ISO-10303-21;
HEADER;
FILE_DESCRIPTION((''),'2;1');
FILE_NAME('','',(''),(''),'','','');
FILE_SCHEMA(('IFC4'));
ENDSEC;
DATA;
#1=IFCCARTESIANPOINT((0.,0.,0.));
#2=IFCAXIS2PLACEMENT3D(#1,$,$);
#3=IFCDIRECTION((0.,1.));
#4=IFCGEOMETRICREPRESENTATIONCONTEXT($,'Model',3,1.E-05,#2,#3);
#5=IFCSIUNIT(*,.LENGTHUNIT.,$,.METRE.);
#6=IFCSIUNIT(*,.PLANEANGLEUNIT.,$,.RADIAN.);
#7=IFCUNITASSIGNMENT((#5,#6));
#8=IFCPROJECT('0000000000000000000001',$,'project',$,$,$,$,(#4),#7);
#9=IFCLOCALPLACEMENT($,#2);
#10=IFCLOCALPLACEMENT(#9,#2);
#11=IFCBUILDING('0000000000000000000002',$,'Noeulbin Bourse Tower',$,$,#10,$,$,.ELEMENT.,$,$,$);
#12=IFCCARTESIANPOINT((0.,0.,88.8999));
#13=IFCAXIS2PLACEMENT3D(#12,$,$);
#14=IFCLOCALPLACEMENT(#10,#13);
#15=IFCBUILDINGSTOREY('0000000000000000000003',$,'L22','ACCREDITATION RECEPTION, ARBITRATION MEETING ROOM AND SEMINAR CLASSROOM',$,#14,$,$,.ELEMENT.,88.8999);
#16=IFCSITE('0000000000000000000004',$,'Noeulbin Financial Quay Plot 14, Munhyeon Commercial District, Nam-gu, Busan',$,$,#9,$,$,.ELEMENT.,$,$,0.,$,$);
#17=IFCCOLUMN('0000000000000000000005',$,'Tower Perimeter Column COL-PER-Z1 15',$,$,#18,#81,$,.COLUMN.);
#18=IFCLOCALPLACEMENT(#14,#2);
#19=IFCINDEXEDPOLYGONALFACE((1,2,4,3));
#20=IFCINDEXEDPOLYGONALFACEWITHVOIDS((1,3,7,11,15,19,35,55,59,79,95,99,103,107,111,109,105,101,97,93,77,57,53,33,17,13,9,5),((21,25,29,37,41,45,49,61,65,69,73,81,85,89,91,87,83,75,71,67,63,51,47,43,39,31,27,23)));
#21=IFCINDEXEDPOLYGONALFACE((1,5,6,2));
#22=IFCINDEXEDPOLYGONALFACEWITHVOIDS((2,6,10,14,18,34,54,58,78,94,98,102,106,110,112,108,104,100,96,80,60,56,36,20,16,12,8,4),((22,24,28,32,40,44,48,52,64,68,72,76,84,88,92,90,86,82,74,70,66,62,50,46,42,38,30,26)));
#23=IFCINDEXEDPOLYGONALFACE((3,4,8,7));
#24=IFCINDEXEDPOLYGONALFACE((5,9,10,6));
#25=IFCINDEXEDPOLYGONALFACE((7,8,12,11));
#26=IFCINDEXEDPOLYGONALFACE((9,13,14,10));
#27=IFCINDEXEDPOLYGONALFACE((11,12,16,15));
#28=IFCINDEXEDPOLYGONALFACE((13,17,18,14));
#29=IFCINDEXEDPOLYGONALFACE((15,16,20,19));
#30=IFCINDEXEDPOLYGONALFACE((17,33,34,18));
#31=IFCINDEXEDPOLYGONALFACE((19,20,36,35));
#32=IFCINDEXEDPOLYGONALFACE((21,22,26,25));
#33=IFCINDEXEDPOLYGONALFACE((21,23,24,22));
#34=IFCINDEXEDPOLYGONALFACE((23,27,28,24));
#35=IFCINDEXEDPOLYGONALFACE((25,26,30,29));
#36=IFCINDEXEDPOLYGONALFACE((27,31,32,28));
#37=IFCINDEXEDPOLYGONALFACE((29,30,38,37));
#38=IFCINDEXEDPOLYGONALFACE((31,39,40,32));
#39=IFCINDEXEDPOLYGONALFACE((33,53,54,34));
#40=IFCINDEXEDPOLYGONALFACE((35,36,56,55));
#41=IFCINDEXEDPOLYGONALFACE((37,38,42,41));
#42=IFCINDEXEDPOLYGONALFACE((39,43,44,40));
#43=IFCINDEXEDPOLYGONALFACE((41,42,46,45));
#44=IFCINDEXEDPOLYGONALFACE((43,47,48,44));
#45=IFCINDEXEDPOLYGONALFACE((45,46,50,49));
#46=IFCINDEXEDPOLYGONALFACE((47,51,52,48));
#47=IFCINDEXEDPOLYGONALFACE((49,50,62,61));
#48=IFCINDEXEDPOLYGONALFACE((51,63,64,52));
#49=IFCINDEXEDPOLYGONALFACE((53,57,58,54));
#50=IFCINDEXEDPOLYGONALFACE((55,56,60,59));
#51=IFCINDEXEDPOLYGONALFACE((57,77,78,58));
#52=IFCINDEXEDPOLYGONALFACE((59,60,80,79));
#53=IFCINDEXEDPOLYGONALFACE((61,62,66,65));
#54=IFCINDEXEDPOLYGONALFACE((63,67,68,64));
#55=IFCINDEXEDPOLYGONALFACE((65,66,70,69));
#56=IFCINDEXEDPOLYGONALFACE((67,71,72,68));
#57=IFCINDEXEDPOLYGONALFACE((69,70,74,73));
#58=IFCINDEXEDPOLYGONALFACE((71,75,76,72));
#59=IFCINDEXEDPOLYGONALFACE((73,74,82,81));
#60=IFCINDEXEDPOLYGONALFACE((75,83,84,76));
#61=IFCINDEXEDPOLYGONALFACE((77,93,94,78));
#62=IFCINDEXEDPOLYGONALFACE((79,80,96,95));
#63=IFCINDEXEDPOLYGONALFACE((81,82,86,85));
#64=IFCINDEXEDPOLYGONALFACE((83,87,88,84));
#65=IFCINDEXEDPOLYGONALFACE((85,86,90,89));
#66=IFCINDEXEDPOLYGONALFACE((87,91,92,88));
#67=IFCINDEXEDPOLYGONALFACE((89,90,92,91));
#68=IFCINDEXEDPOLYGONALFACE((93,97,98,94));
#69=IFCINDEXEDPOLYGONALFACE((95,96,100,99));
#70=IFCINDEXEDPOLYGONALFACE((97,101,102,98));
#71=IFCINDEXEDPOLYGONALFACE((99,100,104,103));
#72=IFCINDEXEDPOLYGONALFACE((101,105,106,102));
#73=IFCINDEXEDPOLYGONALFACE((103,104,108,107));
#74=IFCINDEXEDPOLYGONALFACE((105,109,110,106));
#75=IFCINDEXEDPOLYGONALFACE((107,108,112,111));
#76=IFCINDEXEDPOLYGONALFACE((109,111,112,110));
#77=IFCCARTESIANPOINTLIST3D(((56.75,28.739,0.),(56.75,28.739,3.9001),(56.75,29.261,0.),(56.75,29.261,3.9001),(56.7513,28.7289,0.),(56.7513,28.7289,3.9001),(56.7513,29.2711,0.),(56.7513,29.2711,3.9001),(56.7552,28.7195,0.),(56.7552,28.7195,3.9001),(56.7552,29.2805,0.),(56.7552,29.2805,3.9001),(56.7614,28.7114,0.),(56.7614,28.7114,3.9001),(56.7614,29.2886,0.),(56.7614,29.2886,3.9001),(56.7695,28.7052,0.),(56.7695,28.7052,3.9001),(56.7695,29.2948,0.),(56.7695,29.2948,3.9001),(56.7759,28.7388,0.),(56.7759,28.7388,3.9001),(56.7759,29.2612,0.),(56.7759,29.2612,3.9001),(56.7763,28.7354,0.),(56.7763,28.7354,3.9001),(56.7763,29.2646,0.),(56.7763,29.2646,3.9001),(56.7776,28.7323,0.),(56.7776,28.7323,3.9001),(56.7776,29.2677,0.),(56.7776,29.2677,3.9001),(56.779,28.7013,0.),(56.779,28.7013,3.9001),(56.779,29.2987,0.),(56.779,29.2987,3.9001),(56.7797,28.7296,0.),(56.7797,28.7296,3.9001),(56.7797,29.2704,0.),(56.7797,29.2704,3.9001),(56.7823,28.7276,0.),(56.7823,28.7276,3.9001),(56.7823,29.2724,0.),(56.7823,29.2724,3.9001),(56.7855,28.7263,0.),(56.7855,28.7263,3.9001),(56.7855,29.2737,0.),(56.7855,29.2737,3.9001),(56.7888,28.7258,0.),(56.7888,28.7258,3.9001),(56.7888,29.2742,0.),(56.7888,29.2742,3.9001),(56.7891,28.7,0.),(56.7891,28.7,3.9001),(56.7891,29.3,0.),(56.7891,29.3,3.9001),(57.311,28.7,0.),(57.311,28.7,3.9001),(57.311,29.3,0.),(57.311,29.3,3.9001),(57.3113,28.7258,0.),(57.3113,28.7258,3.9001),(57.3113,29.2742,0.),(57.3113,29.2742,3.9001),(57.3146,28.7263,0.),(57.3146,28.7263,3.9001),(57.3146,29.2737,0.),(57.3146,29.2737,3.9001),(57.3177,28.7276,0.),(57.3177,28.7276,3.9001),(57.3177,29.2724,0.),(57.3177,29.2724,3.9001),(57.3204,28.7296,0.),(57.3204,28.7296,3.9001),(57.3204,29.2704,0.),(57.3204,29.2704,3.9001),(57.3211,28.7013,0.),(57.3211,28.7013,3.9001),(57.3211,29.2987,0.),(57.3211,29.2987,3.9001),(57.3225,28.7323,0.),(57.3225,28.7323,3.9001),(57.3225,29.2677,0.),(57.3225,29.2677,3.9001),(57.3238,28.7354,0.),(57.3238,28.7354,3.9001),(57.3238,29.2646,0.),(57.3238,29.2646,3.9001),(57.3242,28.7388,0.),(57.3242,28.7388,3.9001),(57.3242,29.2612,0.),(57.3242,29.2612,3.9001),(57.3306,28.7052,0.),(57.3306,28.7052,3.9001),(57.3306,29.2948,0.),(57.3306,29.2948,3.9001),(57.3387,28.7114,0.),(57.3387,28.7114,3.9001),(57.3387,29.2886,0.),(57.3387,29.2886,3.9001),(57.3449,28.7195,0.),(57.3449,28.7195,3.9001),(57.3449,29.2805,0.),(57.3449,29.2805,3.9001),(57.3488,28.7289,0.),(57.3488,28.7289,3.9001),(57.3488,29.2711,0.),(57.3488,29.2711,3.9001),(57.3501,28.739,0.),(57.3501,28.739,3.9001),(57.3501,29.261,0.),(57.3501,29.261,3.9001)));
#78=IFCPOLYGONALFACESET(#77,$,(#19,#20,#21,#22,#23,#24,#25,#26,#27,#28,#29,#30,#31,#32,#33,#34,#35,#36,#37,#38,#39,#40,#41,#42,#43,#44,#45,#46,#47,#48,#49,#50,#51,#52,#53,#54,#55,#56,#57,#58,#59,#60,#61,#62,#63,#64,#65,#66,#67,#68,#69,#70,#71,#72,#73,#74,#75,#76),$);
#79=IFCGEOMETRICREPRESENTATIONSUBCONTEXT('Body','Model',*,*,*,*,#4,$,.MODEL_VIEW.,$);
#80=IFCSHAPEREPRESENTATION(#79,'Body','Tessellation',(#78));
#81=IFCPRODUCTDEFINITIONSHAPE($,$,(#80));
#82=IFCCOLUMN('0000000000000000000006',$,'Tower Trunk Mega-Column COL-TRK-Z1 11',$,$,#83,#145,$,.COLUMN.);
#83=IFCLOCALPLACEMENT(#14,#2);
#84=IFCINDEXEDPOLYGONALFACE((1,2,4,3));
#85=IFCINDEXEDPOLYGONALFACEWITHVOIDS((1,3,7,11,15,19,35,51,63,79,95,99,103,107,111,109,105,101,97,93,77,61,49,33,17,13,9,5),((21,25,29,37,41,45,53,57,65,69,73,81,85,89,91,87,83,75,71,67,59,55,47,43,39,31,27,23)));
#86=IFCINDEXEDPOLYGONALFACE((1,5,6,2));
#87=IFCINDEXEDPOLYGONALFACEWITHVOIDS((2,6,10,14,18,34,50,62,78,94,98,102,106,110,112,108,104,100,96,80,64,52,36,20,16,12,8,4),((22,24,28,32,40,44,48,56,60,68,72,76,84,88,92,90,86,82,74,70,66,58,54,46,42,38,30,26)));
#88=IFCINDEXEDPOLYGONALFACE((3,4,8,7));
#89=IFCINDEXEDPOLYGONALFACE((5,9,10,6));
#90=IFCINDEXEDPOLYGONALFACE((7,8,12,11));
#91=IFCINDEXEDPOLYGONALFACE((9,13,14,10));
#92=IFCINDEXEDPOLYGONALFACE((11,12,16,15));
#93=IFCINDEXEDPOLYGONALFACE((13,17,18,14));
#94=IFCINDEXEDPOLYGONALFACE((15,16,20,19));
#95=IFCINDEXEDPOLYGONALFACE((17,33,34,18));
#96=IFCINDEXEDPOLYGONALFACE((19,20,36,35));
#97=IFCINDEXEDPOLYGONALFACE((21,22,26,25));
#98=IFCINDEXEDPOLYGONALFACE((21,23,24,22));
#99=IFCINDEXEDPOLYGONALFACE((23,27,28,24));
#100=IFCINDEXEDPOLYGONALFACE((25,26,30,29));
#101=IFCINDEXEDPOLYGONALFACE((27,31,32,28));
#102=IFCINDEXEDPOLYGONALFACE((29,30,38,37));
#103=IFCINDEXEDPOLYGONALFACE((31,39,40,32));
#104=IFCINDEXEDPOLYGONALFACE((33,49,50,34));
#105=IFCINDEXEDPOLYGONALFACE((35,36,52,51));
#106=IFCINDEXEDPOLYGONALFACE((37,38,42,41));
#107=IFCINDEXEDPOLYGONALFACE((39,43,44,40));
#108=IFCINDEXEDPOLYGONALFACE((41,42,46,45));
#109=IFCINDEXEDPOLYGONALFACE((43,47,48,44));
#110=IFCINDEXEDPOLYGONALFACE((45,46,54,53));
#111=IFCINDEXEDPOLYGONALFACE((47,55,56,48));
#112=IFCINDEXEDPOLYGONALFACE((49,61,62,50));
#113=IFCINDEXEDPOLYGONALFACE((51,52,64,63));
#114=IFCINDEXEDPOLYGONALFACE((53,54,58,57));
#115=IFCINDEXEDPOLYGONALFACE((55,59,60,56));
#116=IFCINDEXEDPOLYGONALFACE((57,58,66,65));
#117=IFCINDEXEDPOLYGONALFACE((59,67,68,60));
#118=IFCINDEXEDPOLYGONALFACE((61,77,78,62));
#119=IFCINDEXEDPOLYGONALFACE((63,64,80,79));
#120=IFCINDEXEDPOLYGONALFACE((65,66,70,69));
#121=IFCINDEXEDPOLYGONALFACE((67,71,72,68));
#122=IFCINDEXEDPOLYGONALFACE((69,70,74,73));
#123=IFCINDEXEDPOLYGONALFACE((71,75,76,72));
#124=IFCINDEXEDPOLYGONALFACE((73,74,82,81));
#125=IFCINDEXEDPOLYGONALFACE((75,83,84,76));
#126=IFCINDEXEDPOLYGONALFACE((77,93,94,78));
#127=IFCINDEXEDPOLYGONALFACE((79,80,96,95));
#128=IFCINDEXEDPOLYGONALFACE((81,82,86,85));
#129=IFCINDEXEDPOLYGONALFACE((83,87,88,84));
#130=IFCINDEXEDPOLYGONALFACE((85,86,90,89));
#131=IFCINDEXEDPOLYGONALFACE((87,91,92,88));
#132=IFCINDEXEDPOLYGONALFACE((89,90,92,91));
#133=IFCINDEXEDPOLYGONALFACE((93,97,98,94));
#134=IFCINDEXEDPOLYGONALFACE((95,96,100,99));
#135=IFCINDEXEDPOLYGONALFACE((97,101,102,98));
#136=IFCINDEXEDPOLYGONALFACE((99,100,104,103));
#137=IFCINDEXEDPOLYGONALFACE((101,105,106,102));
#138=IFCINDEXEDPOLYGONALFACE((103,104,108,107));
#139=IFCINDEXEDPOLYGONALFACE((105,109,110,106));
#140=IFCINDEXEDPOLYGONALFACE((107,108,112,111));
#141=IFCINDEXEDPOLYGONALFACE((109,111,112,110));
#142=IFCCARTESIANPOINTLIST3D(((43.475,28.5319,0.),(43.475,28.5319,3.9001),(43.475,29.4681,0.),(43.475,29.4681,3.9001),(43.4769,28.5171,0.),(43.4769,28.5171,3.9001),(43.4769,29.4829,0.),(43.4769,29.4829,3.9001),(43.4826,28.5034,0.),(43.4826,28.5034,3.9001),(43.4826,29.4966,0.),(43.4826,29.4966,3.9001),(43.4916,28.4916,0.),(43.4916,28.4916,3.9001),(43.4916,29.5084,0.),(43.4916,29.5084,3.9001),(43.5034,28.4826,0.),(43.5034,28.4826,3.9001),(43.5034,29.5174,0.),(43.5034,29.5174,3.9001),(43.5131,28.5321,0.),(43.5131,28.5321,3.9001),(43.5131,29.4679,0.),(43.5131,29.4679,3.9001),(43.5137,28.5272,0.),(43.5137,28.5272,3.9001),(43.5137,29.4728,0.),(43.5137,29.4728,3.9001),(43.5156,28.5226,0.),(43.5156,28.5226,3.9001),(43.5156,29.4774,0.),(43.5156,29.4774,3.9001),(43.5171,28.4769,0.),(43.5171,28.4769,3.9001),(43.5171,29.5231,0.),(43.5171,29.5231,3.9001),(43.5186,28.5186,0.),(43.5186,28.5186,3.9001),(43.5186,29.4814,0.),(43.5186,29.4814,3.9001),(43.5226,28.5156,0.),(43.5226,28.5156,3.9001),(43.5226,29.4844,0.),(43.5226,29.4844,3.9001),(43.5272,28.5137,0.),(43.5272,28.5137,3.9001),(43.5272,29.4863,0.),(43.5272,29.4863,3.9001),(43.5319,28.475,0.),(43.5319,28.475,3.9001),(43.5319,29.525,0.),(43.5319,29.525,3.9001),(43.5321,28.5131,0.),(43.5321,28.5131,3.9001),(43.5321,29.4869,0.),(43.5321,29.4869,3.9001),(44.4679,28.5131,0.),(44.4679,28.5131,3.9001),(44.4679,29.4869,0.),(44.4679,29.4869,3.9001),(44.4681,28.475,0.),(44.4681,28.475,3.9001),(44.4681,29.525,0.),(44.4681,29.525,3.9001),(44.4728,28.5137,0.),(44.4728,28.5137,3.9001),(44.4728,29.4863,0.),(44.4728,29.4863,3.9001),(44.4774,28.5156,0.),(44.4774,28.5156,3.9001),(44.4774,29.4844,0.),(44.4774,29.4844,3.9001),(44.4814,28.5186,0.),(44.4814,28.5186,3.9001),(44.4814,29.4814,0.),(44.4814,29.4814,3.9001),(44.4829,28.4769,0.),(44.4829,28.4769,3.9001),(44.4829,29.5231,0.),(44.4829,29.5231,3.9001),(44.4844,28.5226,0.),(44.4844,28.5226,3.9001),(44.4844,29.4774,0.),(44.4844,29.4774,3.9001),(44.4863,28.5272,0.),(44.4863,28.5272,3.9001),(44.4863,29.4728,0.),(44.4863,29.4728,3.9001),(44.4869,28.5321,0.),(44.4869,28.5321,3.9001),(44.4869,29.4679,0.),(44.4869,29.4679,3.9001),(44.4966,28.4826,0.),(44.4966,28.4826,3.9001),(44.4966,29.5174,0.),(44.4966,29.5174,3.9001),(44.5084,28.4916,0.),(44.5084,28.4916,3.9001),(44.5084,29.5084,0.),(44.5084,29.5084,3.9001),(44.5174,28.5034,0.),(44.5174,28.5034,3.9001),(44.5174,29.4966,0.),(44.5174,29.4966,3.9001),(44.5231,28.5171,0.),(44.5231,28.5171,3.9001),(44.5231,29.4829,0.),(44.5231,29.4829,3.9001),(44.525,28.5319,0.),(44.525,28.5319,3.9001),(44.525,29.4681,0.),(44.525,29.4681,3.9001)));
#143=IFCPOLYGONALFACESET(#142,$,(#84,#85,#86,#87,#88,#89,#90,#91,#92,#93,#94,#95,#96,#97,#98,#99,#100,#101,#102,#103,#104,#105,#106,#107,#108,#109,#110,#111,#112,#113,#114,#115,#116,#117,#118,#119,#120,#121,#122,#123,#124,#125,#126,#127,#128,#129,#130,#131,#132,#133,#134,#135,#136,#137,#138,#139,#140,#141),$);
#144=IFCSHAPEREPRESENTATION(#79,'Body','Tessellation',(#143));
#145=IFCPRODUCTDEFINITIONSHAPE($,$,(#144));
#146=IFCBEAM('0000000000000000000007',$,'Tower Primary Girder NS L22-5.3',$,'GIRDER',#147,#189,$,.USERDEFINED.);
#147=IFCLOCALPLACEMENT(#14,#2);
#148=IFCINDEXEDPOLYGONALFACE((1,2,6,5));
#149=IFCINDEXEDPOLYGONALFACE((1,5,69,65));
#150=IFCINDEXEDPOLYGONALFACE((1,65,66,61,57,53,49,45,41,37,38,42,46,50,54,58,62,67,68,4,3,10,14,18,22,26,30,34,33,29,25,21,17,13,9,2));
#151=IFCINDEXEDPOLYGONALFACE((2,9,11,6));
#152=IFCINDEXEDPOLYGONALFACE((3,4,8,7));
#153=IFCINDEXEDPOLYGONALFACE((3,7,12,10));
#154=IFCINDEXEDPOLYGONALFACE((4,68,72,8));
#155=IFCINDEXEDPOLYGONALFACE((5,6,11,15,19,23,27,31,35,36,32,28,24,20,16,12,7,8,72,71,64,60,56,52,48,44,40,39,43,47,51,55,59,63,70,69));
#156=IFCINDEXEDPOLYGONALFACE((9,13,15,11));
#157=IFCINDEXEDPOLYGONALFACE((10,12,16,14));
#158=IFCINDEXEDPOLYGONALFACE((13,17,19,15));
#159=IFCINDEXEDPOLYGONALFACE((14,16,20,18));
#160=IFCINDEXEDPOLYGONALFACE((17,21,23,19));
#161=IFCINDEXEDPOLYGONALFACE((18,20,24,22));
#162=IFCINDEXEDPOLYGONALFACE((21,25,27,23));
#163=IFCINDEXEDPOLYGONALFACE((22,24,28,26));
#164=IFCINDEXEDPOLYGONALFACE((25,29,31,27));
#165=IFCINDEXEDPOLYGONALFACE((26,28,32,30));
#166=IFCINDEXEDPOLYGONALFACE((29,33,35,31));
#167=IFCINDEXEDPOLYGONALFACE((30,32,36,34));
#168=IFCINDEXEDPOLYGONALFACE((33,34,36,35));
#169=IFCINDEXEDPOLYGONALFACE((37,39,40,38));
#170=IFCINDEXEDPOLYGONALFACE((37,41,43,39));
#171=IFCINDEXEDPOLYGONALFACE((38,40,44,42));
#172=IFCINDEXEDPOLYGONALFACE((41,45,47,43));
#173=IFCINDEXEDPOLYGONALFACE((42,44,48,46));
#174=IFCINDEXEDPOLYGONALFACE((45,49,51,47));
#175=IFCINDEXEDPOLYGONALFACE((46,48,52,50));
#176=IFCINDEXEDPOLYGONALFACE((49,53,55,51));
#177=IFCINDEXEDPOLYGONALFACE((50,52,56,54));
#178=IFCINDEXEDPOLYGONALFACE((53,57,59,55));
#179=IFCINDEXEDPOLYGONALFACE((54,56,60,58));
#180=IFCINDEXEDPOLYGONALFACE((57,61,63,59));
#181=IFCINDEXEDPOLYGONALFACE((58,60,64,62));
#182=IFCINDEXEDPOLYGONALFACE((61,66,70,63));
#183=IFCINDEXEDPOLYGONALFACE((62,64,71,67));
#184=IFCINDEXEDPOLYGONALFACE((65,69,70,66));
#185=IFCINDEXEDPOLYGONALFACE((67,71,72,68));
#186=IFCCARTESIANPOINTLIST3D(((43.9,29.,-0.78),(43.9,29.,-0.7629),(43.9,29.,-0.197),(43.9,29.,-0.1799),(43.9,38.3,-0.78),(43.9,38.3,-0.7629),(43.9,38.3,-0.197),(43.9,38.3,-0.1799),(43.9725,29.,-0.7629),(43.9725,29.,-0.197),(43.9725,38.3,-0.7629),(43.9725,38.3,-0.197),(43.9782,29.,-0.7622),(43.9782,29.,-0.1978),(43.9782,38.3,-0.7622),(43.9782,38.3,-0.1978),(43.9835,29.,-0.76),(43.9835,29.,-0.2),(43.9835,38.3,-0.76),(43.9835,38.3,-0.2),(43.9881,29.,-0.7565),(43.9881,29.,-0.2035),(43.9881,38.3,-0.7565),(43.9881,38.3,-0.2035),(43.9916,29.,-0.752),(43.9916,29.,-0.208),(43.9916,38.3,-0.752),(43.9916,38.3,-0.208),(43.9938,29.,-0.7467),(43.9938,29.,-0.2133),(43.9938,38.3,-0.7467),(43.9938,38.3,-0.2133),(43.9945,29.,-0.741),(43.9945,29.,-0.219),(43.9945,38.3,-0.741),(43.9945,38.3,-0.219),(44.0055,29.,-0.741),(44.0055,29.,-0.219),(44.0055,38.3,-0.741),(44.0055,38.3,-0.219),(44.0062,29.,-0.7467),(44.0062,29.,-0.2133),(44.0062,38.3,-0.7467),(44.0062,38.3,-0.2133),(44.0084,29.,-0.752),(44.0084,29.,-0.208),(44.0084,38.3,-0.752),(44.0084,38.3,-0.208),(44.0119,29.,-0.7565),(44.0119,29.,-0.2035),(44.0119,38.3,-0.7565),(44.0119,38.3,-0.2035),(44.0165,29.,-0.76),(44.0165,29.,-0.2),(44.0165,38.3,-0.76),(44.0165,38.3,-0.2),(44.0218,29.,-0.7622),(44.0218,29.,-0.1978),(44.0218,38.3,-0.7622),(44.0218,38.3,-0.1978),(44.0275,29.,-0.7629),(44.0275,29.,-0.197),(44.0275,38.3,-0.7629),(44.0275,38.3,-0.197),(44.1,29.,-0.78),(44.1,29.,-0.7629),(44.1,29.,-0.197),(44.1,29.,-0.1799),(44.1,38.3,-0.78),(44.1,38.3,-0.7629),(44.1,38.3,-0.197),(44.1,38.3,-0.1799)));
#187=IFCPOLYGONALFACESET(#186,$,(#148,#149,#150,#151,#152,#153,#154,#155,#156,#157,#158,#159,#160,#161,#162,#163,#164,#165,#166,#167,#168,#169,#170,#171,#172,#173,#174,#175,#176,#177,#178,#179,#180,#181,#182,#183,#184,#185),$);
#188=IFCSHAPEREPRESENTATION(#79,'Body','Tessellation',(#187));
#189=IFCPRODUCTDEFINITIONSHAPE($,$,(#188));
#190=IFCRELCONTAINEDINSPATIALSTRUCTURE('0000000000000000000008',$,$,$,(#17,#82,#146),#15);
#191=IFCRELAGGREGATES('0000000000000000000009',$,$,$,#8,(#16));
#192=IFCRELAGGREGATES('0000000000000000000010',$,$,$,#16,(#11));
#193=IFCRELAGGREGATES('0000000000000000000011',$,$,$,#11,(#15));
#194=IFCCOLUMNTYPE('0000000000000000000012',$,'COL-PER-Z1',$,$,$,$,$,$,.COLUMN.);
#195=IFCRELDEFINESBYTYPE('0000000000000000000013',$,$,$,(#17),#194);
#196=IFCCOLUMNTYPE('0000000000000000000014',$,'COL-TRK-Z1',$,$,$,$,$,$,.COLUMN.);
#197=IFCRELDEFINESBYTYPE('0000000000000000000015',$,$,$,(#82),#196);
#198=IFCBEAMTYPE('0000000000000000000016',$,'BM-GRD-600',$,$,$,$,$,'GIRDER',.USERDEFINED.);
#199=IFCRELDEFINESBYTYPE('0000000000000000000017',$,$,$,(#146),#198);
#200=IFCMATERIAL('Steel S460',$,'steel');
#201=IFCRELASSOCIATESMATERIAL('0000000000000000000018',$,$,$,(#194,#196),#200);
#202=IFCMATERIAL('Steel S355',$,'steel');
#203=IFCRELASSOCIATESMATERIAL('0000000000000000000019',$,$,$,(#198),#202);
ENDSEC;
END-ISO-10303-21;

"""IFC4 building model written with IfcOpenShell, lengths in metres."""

from ifc_helpers import new_model, si_unit, direction, frame, origin, origin_2d, place, context, subcontext, project, spatial, hollow_rectangle, i_section, extrude, material, material_profile, profile_set, type_object, element, save


model = new_model("IFC4")

# Units and contexts
model_context = context("Model", 3, precision=1e-05, world=origin(), true_north=direction((0.0, 1.0)))
body_context = subcontext(model_context, "Body", "Model", "MODEL_VIEW")
ifc_project = project(units=[si_unit("LENGTHUNIT", "METRE"), si_unit("PLANEANGLEUNIT", "RADIAN")], contexts=[model_context])

# Site, building, storey
site_placement = place(None, origin())
site = spatial("IfcSite", under=ifc_project, at=site_placement, Name="Noeulbin Financial Quay Plot 14, Munhyeon Commercial District, Nam-gu, Busan", CompositionType="ELEMENT", RefElevation=0.0)
building_placement = place(site_placement, origin())
building = spatial("IfcBuilding", under=site, at=building_placement, Name="Noeulbin Bourse Tower", CompositionType="ELEMENT")
storey_placement = place(building_placement, frame((0.0, 0.0, 88.8999)))
storey = spatial("IfcBuildingStorey", under=building, at=storey_placement, Name="L22", Description="ACCREDITATION RECEPTION, ARBITRATION MEETING ROOM AND SEMINAR CLASSROOM", CompositionType="ELEMENT", Elevation=88.8999)

# Columns
ifc_material_1 = material(Name="Steel S460", Category="steel")
ifc_material_profile_1 = material_profile(ifc_material_1, hollow_rectangle(XDim=0.6001, YDim=0.6001, WallThickness=0.0259, InnerFilletRadius=0.0129, OuterFilletRadius=0.0391, at=origin_2d()), Name="BOX-600x600x26", Category="LoadBearing")
ifc_profile_set_1 = profile_set([ifc_material_profile_1], Name="Steel S460")
column_type_1 = type_object("IfcColumnType", Name="COL-PER-Z1", PredefinedType="COLUMN", material=ifc_profile_set_1)
column_1_placement = place(storey_placement, frame((57.05, 29.0, 0.0), z_axis=(0.0, 0.0, 1.0), x_axis=(1.0, 0.0, 0.0)))
element("IfcColumn", 1, at=column_1_placement, inside=storey, type_object=column_type_1, Name="Tower Perimeter Column COL-PER-Z1 15", PredefinedType="COLUMN", context=body_context, shape_type="SweptSolid", body=[
    extrude(hollow_rectangle(XDim=0.6001, YDim=0.6001, WallThickness=0.0259, InnerFilletRadius=0.0129, OuterFilletRadius=0.0391, at=origin_2d()), origin(), (0.0, 0.0, 1.0), 3.9001),
])
ifc_material_profile_2 = material_profile(ifc_material_1, hollow_rectangle(XDim=1.05, YDim=1.05, WallThickness=0.0381, InnerFilletRadius=0.019, OuterFilletRadius=0.0569, at=origin_2d()), Name="BOX-1050x1050x38", Category="LoadBearing")
ifc_profile_set_2 = profile_set([ifc_material_profile_2], Name="Steel S460")
column_type_2 = type_object("IfcColumnType", Name="COL-TRK-Z1", PredefinedType="COLUMN", material=ifc_profile_set_2)
column_2_placement = place(storey_placement, frame((44.0, 29.0, 0.0), z_axis=(0.0, 0.0, 1.0), x_axis=(1.0, 0.0, 0.0)))
element("IfcColumn", 2, at=column_2_placement, inside=storey, type_object=column_type_2, Name="Tower Trunk Mega-Column COL-TRK-Z1 11", PredefinedType="COLUMN", context=body_context, shape_type="SweptSolid", body=[
    extrude(hollow_rectangle(XDim=1.05, YDim=1.05, WallThickness=0.0381, InnerFilletRadius=0.019, OuterFilletRadius=0.0569, at=origin_2d()), origin(), (0.0, 0.0, 1.0), 3.9001),
])

# Beam
ifc_material_2 = material(Name="Steel S355", Category="steel")
ifc_material_profile_3 = material_profile(ifc_material_2, i_section(OverallWidth=0.2, OverallDepth=0.6001, WebThickness=0.011, FlangeThickness=0.0171, FilletRadius=0.022, at=origin_2d()), Name="H-600x200x11x17", Category="LoadBearing")
ifc_profile_set_3 = profile_set([ifc_material_profile_3], Name="Steel S355")
beam_type_1 = type_object("IfcBeamType", Name="BM-GRD-600", ElementType="GIRDER", PredefinedType="USERDEFINED", material=ifc_profile_set_3)
beam_1_placement = place(storey_placement, frame((44.0, 29.0, -0.48), z_axis=(0.0, 1.0, 0.0), x_axis=(-1.0, 0.0, 0.0)))
element("IfcBeam", 3, at=beam_1_placement, inside=storey, type_object=beam_type_1, Name="Tower Primary Girder NS L22-5.3", ObjectType="GIRDER", PredefinedType="USERDEFINED", context=body_context, shape_type="SweptSolid", body=[
    extrude(i_section(OverallWidth=0.2, OverallDepth=0.6001, WebThickness=0.011, FlangeThickness=0.0171, FilletRadius=0.022, at=origin_2d()), origin(), (0.0, 0.0, 1.0), 9.3),
])

save(model, "model.ifc")
